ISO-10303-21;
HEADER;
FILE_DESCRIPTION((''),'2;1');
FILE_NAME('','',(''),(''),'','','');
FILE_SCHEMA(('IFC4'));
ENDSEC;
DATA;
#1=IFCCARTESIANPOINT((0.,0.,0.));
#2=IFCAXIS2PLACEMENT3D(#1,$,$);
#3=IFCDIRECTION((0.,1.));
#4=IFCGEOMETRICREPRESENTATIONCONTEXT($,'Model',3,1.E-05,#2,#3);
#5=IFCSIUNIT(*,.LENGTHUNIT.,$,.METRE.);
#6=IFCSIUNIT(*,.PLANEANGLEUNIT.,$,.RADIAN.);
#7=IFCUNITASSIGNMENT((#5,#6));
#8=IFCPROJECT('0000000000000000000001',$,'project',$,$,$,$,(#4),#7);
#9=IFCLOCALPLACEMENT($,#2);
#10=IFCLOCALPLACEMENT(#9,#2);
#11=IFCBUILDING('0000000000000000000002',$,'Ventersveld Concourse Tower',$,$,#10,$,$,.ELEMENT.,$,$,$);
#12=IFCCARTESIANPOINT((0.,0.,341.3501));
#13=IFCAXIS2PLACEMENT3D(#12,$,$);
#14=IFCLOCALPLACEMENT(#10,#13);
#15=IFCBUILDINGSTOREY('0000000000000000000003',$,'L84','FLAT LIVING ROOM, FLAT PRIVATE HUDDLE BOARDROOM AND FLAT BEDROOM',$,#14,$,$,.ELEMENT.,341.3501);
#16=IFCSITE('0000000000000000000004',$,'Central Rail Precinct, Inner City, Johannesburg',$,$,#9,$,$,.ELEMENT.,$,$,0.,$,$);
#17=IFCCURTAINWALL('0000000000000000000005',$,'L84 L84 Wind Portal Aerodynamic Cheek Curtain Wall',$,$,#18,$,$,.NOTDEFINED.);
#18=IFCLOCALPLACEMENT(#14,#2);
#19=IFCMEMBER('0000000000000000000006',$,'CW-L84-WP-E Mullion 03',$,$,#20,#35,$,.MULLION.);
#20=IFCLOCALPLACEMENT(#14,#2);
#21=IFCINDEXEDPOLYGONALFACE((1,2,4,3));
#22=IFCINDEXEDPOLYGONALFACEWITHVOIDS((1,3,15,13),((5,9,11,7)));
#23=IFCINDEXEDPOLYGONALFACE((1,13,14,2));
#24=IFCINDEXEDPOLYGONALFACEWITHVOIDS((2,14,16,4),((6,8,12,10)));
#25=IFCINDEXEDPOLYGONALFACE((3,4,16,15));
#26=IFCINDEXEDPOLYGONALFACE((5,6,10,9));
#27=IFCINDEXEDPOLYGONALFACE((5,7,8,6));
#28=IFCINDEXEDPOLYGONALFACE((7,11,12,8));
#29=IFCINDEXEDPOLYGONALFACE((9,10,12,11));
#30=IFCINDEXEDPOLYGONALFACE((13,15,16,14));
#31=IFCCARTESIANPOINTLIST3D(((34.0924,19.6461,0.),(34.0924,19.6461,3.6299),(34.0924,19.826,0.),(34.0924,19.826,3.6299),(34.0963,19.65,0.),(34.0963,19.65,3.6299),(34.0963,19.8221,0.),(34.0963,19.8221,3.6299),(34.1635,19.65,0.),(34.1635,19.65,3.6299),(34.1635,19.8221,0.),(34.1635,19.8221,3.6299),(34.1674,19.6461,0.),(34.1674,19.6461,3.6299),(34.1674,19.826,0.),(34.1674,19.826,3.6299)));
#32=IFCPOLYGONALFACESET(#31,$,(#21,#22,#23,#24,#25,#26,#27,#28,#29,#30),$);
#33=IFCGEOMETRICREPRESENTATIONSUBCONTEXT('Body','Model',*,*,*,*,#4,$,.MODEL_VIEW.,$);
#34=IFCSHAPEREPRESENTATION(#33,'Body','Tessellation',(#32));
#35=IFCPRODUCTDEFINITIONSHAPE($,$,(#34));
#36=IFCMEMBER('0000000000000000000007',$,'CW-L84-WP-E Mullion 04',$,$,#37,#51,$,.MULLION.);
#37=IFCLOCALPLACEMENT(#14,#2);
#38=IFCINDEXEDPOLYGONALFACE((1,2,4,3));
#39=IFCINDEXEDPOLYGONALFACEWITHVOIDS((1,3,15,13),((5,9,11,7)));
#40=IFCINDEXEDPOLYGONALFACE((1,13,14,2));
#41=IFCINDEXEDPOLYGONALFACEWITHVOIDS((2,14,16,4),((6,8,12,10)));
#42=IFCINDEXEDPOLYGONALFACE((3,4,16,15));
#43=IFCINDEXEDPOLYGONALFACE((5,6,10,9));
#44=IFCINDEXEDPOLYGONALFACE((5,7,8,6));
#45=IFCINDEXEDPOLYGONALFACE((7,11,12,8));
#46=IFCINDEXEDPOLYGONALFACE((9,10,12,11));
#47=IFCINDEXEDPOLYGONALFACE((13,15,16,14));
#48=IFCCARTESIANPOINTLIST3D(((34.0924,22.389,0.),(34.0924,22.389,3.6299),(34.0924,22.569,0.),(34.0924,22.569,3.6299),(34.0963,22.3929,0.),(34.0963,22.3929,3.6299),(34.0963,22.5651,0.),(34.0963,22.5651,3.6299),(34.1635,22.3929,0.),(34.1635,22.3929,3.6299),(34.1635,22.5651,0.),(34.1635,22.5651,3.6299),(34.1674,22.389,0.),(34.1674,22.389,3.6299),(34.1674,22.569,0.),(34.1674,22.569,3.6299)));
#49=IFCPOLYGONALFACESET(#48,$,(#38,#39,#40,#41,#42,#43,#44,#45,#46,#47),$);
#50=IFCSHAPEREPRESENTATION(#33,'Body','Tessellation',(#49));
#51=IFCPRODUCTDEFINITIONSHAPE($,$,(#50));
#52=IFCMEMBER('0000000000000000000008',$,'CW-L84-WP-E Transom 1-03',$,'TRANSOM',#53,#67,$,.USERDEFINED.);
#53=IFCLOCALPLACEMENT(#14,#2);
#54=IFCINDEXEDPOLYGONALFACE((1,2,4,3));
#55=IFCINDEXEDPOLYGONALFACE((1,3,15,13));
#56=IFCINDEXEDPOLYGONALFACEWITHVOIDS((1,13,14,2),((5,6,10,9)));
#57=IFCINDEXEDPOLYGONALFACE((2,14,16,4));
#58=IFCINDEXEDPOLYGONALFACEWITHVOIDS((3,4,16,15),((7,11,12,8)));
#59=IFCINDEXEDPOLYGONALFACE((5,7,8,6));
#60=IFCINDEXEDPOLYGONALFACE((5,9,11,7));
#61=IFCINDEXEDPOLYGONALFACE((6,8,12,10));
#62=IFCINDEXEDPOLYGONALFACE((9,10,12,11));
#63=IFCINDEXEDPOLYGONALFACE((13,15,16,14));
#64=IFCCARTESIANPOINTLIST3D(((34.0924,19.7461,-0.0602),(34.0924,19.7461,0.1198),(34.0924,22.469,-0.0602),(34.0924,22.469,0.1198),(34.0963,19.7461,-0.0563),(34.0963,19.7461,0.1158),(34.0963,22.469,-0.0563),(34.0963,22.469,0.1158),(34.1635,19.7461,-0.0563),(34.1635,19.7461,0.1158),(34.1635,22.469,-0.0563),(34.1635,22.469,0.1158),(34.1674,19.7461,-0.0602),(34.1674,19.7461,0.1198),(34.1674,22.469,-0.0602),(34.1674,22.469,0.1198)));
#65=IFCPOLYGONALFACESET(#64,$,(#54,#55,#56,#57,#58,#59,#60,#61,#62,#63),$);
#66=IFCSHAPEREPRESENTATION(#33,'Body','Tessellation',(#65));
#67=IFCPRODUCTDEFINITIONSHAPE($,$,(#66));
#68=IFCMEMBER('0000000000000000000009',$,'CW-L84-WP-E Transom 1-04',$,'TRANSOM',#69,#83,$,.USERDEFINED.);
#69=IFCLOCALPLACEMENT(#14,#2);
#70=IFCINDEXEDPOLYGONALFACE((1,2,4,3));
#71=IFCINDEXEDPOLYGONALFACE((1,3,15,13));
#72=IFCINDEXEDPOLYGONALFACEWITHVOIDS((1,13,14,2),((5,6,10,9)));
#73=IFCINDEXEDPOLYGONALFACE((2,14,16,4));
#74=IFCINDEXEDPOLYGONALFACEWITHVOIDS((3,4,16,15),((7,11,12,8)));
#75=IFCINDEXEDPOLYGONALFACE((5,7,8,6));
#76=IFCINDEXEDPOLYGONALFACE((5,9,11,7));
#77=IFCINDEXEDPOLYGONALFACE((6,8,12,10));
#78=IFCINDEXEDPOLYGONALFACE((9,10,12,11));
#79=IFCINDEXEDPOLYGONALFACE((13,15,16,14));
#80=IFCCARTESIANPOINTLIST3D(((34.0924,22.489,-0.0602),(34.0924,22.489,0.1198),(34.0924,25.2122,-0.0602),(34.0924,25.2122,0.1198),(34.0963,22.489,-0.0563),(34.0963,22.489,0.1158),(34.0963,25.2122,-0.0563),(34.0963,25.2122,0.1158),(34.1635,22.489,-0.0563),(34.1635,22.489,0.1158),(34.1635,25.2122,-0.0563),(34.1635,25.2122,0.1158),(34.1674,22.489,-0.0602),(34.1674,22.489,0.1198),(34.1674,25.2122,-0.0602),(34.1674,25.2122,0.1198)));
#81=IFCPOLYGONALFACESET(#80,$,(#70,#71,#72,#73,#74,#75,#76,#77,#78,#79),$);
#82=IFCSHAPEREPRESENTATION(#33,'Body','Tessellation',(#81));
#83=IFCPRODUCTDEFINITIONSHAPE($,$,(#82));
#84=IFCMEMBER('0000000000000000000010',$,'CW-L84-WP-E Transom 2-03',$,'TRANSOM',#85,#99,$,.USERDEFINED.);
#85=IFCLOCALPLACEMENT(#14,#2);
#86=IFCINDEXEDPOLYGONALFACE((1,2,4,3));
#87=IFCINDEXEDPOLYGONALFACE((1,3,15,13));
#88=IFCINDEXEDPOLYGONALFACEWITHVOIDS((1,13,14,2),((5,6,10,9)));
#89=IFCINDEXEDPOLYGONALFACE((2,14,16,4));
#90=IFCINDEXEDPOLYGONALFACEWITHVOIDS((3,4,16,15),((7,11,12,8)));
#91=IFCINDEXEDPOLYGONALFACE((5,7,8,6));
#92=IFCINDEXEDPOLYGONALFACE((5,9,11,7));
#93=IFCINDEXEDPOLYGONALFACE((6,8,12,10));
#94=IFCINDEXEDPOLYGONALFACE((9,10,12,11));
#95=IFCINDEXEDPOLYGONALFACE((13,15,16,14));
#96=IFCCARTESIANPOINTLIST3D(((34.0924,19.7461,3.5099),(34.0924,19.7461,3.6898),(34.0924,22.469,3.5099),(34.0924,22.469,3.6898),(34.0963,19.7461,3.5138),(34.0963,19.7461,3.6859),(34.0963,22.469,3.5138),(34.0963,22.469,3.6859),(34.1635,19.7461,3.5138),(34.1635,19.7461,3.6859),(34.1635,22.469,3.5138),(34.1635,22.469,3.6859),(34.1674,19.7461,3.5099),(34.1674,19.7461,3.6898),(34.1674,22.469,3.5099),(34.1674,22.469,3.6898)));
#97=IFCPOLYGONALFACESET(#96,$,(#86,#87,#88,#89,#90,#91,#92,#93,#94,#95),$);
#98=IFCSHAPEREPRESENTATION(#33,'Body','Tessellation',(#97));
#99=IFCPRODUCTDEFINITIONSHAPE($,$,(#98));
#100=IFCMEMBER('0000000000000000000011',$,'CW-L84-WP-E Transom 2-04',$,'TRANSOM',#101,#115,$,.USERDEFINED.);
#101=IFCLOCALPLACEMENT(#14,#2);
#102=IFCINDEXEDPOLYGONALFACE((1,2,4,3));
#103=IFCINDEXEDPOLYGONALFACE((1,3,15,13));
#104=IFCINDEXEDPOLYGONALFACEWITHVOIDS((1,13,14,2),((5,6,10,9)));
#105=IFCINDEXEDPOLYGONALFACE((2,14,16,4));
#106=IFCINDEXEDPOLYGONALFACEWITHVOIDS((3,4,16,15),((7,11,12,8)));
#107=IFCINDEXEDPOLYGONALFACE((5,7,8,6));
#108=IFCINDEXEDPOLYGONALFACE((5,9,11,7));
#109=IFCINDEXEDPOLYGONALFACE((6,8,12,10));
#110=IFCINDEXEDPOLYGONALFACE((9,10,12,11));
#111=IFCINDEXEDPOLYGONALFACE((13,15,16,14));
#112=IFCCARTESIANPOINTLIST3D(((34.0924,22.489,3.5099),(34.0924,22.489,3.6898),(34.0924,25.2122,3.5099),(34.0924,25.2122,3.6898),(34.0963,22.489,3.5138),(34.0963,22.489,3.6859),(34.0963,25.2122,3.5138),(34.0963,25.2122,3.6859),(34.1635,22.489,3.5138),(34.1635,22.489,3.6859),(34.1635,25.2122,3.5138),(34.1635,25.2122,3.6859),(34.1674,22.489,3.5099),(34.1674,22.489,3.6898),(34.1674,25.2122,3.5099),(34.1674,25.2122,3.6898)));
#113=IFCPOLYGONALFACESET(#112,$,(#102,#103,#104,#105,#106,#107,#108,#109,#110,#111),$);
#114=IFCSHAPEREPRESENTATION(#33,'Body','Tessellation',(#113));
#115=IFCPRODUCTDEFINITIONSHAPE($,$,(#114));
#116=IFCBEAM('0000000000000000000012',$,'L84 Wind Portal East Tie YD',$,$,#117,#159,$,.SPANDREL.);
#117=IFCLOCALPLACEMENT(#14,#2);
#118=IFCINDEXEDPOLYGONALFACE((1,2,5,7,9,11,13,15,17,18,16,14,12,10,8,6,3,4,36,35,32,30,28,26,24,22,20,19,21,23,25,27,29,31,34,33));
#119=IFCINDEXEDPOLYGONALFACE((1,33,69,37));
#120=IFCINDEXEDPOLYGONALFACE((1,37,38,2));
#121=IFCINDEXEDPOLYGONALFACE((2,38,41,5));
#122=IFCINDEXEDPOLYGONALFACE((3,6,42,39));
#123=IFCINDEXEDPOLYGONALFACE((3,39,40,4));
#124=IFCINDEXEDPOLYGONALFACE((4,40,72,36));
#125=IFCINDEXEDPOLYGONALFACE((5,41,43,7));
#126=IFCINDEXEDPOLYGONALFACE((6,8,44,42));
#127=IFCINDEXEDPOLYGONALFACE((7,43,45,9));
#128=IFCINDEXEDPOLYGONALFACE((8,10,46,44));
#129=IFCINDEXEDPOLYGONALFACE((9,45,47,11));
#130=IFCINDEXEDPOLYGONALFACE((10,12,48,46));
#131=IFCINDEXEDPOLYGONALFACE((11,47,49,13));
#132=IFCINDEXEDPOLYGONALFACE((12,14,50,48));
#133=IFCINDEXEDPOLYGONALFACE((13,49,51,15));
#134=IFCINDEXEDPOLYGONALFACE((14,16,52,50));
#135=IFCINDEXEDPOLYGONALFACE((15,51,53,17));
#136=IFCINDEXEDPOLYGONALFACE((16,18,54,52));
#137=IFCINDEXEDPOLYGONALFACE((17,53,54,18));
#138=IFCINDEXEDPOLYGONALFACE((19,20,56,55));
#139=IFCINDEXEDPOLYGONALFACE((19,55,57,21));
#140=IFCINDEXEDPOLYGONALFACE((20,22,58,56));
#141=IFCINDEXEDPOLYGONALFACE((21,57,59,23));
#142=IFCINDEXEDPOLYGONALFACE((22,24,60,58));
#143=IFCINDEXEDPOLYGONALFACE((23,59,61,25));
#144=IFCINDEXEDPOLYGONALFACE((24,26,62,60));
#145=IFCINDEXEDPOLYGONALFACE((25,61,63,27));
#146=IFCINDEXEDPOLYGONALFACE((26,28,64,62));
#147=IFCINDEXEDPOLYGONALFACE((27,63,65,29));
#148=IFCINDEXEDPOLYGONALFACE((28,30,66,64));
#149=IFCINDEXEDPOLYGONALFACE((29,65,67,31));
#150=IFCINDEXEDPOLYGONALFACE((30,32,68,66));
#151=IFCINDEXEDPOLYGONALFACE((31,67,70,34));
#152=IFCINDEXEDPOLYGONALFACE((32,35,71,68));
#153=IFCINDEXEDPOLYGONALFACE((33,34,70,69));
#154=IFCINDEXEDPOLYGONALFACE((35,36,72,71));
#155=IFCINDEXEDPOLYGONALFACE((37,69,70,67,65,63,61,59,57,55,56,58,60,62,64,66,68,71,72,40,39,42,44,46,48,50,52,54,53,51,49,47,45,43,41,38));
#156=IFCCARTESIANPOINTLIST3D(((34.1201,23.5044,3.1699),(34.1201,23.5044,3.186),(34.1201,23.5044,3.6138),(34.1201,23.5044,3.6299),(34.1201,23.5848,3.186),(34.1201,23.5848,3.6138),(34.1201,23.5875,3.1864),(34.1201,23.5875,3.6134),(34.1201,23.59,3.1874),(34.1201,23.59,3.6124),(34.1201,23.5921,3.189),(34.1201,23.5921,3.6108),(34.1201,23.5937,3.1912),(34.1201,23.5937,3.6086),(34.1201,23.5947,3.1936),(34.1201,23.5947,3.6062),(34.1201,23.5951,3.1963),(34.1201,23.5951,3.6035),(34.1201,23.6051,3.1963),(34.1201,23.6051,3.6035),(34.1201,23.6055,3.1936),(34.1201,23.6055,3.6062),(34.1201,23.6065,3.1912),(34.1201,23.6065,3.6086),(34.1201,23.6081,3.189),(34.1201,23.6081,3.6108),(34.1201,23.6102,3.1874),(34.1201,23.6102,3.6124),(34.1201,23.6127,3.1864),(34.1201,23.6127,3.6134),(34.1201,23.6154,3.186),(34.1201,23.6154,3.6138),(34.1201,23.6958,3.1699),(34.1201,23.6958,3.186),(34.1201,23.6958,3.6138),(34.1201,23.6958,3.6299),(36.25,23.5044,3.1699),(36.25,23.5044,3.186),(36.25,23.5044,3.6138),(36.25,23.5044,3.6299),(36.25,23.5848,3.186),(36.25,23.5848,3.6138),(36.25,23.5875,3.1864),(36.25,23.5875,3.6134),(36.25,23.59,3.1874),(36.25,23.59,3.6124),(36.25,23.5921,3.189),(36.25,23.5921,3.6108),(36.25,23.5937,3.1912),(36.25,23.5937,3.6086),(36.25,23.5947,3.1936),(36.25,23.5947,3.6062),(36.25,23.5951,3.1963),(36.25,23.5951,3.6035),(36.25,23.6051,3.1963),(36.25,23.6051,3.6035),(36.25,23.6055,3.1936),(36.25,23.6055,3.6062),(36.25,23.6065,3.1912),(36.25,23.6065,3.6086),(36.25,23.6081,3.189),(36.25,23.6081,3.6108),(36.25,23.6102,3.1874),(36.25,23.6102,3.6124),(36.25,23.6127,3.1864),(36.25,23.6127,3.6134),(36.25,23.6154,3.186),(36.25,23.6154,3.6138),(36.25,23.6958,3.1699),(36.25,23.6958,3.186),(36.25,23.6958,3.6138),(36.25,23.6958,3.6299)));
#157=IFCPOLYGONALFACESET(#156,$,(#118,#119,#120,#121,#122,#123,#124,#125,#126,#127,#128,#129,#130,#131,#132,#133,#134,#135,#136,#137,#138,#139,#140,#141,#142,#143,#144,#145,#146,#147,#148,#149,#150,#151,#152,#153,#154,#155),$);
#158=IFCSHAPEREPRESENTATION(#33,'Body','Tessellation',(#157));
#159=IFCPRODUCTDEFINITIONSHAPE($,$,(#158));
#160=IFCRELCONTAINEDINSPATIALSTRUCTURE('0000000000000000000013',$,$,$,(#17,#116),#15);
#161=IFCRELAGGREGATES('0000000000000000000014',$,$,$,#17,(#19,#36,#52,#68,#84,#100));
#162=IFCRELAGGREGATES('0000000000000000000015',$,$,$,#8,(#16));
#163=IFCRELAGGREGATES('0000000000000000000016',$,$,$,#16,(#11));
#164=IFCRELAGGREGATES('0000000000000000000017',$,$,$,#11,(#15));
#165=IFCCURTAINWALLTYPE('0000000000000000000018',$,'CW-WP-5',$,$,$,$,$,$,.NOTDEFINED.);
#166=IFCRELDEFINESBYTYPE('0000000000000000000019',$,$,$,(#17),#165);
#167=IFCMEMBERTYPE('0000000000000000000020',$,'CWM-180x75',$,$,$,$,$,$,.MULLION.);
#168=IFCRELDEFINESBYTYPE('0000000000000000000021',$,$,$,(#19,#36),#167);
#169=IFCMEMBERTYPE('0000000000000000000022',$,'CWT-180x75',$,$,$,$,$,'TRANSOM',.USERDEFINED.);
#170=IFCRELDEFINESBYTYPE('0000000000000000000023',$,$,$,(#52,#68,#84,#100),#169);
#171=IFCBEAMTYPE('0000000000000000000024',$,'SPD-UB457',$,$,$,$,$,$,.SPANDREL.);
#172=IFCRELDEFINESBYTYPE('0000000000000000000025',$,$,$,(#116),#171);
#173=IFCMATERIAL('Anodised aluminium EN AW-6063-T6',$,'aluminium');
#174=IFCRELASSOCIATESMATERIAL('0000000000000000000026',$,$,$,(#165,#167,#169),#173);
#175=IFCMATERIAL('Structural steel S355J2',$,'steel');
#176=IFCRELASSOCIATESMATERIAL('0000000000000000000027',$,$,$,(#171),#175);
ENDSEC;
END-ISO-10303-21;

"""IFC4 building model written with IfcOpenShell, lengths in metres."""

from ifc_helpers import new_model, si_unit, direction, frame, origin, origin_2d, place, context, subcontext, project, spatial, hollow_rectangle, i_section, extrude, material, material_profile, profile_set, type_object, element, aggregate, save


model = new_model("IFC4")

# Units and contexts
model_context = context("Model", 3, precision=1e-05, world=origin(), true_north=direction((0.0, 1.0)))
body_context = subcontext(model_context, "Body", "Model", "MODEL_VIEW")
ifc_project = project(units=[si_unit("LENGTHUNIT", "METRE"), si_unit("PLANEANGLEUNIT", "RADIAN")], contexts=[model_context])

# Site, building, storey
site_placement = place(None, origin())
site = spatial("IfcSite", under=ifc_project, at=site_placement, Name="Central Rail Precinct, Inner City, Johannesburg", CompositionType="ELEMENT", RefElevation=0.0)
building_placement = place(site_placement, origin())
building = spatial("IfcBuilding", under=site, at=building_placement, Name="Ventersveld Concourse Tower", CompositionType="ELEMENT")
storey_placement = place(building_placement, frame((0.0, 0.0, 341.3501)))
storey = spatial("IfcBuildingStorey", under=building, at=storey_placement, Name="L84", Description="FLAT LIVING ROOM, FLAT PRIVATE HUDDLE BOARDROOM AND FLAT BEDROOM", CompositionType="ELEMENT", Elevation=341.3501)

# Curtain wall, members
ifc_material_1 = material(Name="Anodised aluminium EN AW-6063-T6", Category="aluminium")
curtain_wall_type = type_object("IfcCurtainWallType", Name="CW-WP-5", PredefinedType="NOTDEFINED", material=ifc_material_1)
curtain_wall_placement = place(storey_placement, origin())
curtain_wall = element("IfcCurtainWall", 1, at=curtain_wall_placement, inside=storey, type_object=curtain_wall_type, Name="L84 L84 Wind Portal Aerodynamic Cheek Curtain Wall", PredefinedType="NOTDEFINED")
ifc_material_profile_1 = material_profile(ifc_material_1, hollow_rectangle(XDim=0.075, YDim=0.1799, WallThickness=0.0039, at=origin_2d()), Name="ALU 180x75x4")
ifc_profile_set_1 = profile_set([ifc_material_profile_1], Name="Anodised aluminium EN AW-6063-T6")
member_type_1 = type_object("IfcMemberType", Name="CWM-180x75", PredefinedType="MULLION", material=ifc_profile_set_1)
member_1_placement = place(storey_placement, frame((34.1299, 19.7361, 0.0), z_axis=(0.0, 0.0, 1.0), x_axis=(1.0, 0.0, 0.0)))
member_1 = element("IfcMember", 2, at=member_1_placement, type_object=member_type_1, Name="CW-L84-WP-E Mullion 03", PredefinedType="MULLION", context=body_context, shape_type="SweptSolid", body=[
    extrude(hollow_rectangle(XDim=0.075, YDim=0.1799, WallThickness=0.0039, at=origin_2d()), origin(), (0.0, 0.0, 1.0), 3.6299),
])
member_2_placement = place(storey_placement, frame((34.1299, 22.479, 0.0), z_axis=(0.0, 0.0, 1.0), x_axis=(1.0, 0.0, 0.0)))
member_2 = element("IfcMember", 3, at=member_2_placement, type_object=member_type_1, Name="CW-L84-WP-E Mullion 04", PredefinedType="MULLION", context=body_context, shape_type="SweptSolid", body=[
    extrude(hollow_rectangle(XDim=0.075, YDim=0.1799, WallThickness=0.0039, at=origin_2d()), origin(), (0.0, 0.0, 1.0), 3.6299),
])
ifc_material_profile_2 = material_profile(ifc_material_1, hollow_rectangle(XDim=0.075, YDim=0.1799, WallThickness=0.0039, at=origin_2d()), Name="ALU 180x75x4")
ifc_profile_set_2 = profile_set([ifc_material_profile_2], Name="Anodised aluminium EN AW-6063-T6")
member_type_2 = type_object("IfcMemberType", Name="CWT-180x75", ElementType="TRANSOM", PredefinedType="USERDEFINED", material=ifc_profile_set_2)
member_3_placement = place(storey_placement, frame((34.1299, 19.7461, 0.0298), z_axis=(0.0, 1.0, 0.0), x_axis=(-1.0, 0.0, 0.0)))
member_3 = element("IfcMember", 4, at=member_3_placement, type_object=member_type_2, Name="CW-L84-WP-E Transom 1-03", ObjectType="TRANSOM", PredefinedType="USERDEFINED", context=body_context, shape_type="SweptSolid", body=[
    extrude(hollow_rectangle(XDim=0.075, YDim=0.1799, WallThickness=0.0039, at=origin_2d()), origin(), (0.0, 0.0, 1.0), 2.7229),
])
member_4_placement = place(storey_placement, frame((34.1299, 22.489, 0.0298), z_axis=(0.0, 1.0, 0.0), x_axis=(-1.0, 0.0, 0.0)))
member_4 = element("IfcMember", 5, at=member_4_placement, type_object=member_type_2, Name="CW-L84-WP-E Transom 1-04", ObjectType="TRANSOM", PredefinedType="USERDEFINED", context=body_context, shape_type="SweptSolid", body=[
    extrude(hollow_rectangle(XDim=0.075, YDim=0.1799, WallThickness=0.0039, at=origin_2d()), origin(), (0.0, 0.0, 1.0), 2.7231),
])
member_5_placement = place(storey_placement, frame((34.1299, 19.7461, 3.5999), z_axis=(0.0, 1.0, 0.0), x_axis=(-1.0, 0.0, 0.0)))
member_5 = element("IfcMember", 6, at=member_5_placement, type_object=member_type_2, Name="CW-L84-WP-E Transom 2-03", ObjectType="TRANSOM", PredefinedType="USERDEFINED", context=body_context, shape_type="SweptSolid", body=[
    extrude(hollow_rectangle(XDim=0.075, YDim=0.1799, WallThickness=0.0039, at=origin_2d()), origin(), (0.0, 0.0, 1.0), 2.7229),
])
member_6_placement = place(storey_placement, frame((34.1299, 22.489, 3.5999), z_axis=(0.0, 1.0, 0.0), x_axis=(-1.0, 0.0, 0.0)))
member_6 = element("IfcMember", 7, at=member_6_placement, type_object=member_type_2, Name="CW-L84-WP-E Transom 2-04", ObjectType="TRANSOM", PredefinedType="USERDEFINED", context=body_context, shape_type="SweptSolid", body=[
    extrude(hollow_rectangle(XDim=0.075, YDim=0.1799, WallThickness=0.0039, at=origin_2d()), origin(), (0.0, 0.0, 1.0), 2.7231),
])

# Beam
ifc_material_2 = material(Name="Structural steel S355J2", Category="steel")
ifc_material_profile_3 = material_profile(ifc_material_2, i_section(OverallWidth=0.1914, OverallDepth=0.46, WebThickness=0.01, FlangeThickness=0.0161, FilletRadius=0.0103, at=origin_2d()), Name="UB 457x191x82")
ifc_profile_set_3 = profile_set([ifc_material_profile_3], Name="Structural steel S355J2")
beam_type = type_object("IfcBeamType", Name="SPD-UB457", PredefinedType="SPANDREL", material=ifc_profile_set_3)
beam_placement = place(storey_placement, frame((34.1201, 23.6001, 3.3999), z_axis=(1.0, 0.0, 0.0), x_axis=(0.0, 1.0, 0.0)))
element("IfcBeam", 8, at=beam_placement, inside=storey, type_object=beam_type, Name="L84 Wind Portal East Tie YD", PredefinedType="SPANDREL", context=body_context, shape_type="SweptSolid", body=[
    extrude(i_section(OverallWidth=0.1914, OverallDepth=0.46, WebThickness=0.01, FlangeThickness=0.0161, FilletRadius=0.0103, at=origin_2d()), origin(), (0.0, 0.0, 1.0), 2.1299),
])

aggregate(curtain_wall, [member_1, member_2, member_3, member_4, member_5, member_6])

save(model, "model.ifc")
